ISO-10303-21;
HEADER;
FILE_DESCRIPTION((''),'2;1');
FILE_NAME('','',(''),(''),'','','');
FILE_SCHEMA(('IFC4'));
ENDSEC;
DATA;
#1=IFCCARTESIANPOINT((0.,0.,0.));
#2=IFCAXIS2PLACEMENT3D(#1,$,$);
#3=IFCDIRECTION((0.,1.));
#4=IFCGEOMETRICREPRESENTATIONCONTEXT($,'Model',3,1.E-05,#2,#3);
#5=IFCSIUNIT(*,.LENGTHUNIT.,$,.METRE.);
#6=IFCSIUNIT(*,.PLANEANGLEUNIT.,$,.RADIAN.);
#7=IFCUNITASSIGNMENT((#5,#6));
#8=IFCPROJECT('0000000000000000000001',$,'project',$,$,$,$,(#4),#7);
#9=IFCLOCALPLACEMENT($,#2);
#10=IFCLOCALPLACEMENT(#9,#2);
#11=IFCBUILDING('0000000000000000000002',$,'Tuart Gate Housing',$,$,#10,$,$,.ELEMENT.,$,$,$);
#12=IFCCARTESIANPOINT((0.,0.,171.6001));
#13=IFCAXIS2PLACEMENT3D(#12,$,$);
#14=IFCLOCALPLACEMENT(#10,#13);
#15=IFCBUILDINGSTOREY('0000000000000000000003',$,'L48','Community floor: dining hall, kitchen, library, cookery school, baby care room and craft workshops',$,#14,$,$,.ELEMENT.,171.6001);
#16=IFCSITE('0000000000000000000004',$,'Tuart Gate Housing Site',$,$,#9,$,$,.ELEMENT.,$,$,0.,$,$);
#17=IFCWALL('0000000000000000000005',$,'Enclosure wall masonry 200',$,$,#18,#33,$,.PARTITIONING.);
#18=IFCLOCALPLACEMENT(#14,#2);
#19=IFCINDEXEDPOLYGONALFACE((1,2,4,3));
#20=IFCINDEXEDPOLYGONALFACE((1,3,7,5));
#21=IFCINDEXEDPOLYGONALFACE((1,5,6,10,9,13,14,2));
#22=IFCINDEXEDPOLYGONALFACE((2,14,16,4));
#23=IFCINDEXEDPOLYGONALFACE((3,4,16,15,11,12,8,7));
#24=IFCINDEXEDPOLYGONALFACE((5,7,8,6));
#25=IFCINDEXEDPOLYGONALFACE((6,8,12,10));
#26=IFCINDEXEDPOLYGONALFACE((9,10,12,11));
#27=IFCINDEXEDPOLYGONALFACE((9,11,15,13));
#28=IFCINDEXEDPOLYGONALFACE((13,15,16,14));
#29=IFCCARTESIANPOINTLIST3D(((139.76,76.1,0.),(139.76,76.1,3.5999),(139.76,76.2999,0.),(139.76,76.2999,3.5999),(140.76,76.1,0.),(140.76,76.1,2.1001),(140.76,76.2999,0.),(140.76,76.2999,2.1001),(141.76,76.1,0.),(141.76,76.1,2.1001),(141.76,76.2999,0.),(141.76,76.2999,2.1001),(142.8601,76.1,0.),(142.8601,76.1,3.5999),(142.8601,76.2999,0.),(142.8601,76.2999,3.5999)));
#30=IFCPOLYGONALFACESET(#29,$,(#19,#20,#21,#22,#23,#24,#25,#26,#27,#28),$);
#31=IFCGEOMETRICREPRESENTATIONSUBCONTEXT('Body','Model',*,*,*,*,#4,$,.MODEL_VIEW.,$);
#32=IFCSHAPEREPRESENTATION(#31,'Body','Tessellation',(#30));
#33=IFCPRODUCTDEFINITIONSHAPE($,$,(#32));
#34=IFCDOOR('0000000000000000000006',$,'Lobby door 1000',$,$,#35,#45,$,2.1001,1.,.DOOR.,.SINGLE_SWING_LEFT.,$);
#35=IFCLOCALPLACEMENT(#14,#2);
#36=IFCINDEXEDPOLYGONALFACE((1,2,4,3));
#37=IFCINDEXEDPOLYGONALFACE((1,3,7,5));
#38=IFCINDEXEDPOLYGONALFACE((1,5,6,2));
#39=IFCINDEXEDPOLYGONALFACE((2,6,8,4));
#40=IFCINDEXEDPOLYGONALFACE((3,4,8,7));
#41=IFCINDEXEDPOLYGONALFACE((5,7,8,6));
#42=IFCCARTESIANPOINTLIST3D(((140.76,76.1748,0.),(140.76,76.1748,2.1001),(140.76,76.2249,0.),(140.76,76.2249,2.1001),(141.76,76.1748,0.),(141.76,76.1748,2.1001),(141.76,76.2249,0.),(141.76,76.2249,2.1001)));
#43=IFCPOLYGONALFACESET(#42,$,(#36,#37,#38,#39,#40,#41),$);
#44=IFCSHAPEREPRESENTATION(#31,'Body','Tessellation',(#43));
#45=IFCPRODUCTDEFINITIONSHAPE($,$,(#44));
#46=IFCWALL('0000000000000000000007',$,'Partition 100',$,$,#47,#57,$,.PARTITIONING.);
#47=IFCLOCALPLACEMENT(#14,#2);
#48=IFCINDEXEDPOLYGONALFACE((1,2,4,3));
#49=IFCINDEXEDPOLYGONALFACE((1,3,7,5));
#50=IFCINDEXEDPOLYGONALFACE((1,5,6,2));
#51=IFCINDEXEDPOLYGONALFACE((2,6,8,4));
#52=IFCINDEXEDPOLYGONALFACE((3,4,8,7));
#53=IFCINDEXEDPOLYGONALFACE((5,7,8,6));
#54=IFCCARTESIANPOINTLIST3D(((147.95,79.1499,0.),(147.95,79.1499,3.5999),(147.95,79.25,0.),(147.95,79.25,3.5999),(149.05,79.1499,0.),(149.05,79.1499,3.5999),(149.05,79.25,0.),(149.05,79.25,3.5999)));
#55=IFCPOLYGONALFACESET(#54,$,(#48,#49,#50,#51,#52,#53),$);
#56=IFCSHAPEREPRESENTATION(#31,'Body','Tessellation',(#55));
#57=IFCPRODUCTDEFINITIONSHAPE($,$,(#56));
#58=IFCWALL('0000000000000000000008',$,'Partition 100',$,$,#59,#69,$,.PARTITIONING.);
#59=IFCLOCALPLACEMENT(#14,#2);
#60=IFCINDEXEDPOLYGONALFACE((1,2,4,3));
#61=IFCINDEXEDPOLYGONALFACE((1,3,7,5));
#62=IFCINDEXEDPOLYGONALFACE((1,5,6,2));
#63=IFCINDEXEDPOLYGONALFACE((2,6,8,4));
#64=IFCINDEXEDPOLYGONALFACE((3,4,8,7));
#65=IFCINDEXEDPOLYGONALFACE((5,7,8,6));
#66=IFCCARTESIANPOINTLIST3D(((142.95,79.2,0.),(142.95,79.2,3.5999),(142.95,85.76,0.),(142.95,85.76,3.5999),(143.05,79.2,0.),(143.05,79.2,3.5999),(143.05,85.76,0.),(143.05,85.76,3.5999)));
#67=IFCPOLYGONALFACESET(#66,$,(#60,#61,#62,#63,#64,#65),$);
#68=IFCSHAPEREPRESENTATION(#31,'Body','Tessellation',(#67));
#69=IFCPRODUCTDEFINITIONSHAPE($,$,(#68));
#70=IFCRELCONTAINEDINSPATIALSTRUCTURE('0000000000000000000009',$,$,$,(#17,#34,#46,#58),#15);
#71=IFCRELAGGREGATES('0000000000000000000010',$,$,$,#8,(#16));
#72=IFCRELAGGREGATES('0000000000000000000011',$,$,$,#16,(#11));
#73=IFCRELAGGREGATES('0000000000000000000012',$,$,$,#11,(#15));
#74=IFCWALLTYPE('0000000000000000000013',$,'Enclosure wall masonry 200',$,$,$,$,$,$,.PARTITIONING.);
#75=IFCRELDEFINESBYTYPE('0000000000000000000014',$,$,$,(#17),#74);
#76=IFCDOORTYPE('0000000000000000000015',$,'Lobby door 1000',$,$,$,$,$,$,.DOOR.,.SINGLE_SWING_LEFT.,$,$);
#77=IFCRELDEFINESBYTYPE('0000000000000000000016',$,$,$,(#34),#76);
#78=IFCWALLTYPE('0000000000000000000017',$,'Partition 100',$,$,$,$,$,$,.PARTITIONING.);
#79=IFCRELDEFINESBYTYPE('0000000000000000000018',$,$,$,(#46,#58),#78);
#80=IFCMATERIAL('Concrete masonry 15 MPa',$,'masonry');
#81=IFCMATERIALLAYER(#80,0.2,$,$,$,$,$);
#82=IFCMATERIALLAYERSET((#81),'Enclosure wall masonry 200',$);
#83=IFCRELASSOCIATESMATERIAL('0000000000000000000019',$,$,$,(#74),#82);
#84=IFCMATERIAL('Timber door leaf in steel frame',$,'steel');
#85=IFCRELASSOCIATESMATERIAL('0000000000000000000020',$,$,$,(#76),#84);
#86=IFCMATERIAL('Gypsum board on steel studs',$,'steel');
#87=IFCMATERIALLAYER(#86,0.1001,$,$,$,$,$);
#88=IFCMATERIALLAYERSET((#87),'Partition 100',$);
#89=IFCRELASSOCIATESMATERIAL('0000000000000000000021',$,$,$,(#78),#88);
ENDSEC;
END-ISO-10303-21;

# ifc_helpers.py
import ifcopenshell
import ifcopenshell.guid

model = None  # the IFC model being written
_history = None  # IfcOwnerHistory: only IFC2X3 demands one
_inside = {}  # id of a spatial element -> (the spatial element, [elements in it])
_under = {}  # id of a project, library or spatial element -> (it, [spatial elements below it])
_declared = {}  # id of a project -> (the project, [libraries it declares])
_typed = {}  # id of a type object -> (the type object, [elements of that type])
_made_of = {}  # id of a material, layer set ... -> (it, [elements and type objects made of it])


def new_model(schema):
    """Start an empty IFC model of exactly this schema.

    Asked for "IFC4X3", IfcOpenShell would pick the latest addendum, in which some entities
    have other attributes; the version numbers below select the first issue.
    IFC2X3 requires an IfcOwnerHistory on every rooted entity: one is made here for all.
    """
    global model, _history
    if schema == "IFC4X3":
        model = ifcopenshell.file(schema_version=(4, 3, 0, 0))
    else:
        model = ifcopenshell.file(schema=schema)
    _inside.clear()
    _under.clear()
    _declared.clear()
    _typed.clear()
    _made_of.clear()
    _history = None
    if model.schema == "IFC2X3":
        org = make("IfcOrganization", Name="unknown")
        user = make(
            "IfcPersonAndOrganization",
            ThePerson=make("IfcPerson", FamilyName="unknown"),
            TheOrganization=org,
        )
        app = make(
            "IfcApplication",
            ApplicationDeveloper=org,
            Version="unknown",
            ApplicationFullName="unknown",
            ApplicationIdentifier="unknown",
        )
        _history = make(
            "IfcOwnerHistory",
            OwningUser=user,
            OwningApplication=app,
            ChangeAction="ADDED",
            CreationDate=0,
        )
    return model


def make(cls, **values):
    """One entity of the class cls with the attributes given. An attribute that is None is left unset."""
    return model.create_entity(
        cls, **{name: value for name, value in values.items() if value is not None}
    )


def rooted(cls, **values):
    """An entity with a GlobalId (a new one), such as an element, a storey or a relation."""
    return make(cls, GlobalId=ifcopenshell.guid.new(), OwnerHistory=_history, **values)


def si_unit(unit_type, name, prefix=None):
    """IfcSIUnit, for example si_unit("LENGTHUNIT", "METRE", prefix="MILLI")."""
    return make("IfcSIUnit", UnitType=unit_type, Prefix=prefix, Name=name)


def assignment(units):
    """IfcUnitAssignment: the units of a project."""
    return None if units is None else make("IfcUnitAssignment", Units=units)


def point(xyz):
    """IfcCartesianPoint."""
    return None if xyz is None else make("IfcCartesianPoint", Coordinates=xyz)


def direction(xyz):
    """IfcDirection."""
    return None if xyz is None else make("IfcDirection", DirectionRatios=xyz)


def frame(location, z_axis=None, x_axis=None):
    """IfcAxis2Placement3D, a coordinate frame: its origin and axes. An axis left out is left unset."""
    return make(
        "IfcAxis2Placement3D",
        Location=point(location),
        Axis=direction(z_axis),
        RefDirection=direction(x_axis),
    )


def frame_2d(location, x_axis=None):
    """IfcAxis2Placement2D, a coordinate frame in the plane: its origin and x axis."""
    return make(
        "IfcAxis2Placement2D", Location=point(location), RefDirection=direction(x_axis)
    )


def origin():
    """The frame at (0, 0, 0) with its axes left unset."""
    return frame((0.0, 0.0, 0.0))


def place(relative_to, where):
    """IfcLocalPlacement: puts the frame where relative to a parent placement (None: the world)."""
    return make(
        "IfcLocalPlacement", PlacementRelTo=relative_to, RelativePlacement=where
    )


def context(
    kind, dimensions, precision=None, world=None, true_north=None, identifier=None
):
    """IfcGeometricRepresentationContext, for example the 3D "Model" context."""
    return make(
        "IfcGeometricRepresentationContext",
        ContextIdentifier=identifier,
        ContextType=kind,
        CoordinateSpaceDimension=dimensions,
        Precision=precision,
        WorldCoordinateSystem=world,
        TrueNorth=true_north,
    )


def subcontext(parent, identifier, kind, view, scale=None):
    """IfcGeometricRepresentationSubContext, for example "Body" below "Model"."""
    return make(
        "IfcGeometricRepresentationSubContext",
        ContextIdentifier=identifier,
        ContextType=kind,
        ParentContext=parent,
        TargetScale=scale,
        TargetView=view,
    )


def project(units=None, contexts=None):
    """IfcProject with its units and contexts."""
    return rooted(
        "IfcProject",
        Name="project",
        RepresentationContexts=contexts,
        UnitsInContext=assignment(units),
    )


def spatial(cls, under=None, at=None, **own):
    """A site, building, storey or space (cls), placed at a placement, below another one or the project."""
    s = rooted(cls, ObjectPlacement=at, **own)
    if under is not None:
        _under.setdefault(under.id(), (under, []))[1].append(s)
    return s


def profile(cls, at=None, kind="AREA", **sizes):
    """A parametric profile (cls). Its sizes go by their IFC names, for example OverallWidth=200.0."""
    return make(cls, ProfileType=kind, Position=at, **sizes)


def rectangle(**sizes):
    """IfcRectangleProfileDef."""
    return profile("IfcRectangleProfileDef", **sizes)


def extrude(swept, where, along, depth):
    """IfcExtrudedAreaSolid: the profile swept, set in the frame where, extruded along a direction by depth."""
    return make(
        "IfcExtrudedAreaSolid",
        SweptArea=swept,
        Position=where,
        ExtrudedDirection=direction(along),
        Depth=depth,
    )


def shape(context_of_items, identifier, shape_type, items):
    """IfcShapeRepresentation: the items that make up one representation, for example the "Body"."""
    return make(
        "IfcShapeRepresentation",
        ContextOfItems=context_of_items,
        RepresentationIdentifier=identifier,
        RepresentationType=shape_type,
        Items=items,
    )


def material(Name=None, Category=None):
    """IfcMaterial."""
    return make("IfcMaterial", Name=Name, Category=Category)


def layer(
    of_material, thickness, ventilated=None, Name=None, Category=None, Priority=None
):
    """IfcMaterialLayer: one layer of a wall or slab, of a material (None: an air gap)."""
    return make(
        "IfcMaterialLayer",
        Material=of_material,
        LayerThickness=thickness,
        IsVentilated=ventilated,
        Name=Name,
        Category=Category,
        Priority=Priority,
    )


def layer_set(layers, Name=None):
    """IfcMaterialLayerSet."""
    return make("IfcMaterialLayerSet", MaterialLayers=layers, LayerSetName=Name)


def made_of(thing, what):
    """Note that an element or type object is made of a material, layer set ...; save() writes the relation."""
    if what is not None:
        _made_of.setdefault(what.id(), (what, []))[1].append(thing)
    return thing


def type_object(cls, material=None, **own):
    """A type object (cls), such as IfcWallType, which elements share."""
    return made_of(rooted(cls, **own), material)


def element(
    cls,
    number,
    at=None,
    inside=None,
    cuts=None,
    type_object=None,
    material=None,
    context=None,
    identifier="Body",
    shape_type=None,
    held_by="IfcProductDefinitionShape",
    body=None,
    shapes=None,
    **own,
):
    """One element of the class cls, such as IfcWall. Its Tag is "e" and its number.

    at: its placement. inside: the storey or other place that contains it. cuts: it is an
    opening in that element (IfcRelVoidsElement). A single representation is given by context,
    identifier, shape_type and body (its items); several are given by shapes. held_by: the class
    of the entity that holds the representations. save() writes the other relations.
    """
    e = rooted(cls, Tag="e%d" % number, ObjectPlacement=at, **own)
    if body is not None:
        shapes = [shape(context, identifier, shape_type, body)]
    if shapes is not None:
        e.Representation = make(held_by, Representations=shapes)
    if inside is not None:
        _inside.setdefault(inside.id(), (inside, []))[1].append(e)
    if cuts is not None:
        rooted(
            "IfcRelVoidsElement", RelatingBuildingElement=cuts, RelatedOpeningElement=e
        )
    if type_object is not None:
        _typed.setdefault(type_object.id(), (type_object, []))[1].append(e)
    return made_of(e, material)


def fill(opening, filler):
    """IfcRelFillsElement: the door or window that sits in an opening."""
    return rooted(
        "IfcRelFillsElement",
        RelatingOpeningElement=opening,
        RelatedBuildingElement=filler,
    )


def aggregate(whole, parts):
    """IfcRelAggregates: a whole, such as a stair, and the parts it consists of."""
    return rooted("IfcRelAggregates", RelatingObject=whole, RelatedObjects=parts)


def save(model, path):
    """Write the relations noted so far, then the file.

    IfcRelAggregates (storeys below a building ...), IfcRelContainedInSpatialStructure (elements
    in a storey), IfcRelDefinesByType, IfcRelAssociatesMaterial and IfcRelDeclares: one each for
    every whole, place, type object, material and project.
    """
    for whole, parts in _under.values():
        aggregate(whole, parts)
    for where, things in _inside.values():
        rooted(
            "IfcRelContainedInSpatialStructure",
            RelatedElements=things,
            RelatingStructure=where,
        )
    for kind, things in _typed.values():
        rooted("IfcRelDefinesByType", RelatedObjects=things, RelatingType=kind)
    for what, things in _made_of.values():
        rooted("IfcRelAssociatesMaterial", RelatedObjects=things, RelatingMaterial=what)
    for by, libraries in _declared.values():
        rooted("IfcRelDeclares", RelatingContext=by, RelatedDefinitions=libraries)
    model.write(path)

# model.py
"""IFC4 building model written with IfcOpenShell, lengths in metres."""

from ifc_helpers import new_model, si_unit, direction, frame, frame_2d, origin, place, context, subcontext, project, spatial, rectangle, extrude, material, layer, layer_set, type_object, element, fill, save


model = new_model("IFC4")

# Units and contexts
model_context = context("Model", 3, precision=1e-05, world=origin(), true_north=direction((0.0, 1.0)))
body_context = subcontext(model_context, "Body", "Model", "MODEL_VIEW")
ifc_project = project(units=[si_unit("LENGTHUNIT", "METRE"), si_unit("PLANEANGLEUNIT", "RADIAN")], contexts=[model_context])

# Site, building, storey
site_placement = place(None, origin())
site = spatial("IfcSite", under=ifc_project, at=site_placement, Name="Tuart Gate Housing Site", CompositionType="ELEMENT", RefElevation=0.0)
building_placement = place(site_placement, origin())
building = spatial("IfcBuilding", under=site, at=building_placement, Name="Tuart Gate Housing", CompositionType="ELEMENT")
storey_placement = place(building_placement, frame((0.0, 0.0, 171.6001)))
storey = spatial("IfcBuildingStorey", under=building, at=storey_placement, Name="L48", Description="Community floor: dining hall, kitchen, library, cookery school, baby care room and craft workshops", CompositionType="ELEMENT", Elevation=171.6001)

# Wall, opening, door
ifc_material_1 = material(Name="Concrete masonry 15 MPa", Category="masonry")
ifc_layer_1 = layer(ifc_material_1, 0.2)
ifc_layer_set_1 = layer_set([ifc_layer_1], Name="Enclosure wall masonry 200")
wall_type_1 = type_object("IfcWallType", Name="Enclosure wall masonry 200", PredefinedType="PARTITIONING", material=ifc_layer_set_1)
wall_1_placement = place(storey_placement, frame((139.76, 76.2, 0.0), z_axis=(0.0, 0.0, 1.0), x_axis=(1.0, 0.0, 0.0)))
wall_1 = element("IfcWall", 1, at=wall_1_placement, inside=storey, type_object=wall_type_1, Name="Enclosure wall masonry 200", PredefinedType="PARTITIONING", context=body_context, shape_type="SweptSolid", body=[
    extrude(rectangle(XDim=3.1001, YDim=0.2, at=frame_2d((1.55, 0.0))), origin(), (0.0, 0.0, 1.0), 3.5999),
])
opening_1_placement = place(wall_1_placement, frame((1.0, 0.0, 0.0)))
opening_1 = element("IfcOpeningElement", 2, at=opening_1_placement, cuts=wall_1, PredefinedType="OPENING", context=body_context, shape_type="SweptSolid", body=[
    extrude(rectangle(XDim=1.0, YDim=2.1001, at=frame_2d((0.5, 1.05))), frame((0.0, 0.1099, 0.0), z_axis=(0.0, -1.0, 0.0), x_axis=(1.0, 0.0, 0.0)), (0.0, 0.0, 1.0), 0.22),
])
ifc_material_2 = material(Name="Timber door leaf in steel frame", Category="steel")
door_type_1 = type_object("IfcDoorType", Name="Lobby door 1000", OperationType="SINGLE_SWING_LEFT", PredefinedType="DOOR", material=ifc_material_2)
door_1_placement = place(opening_1_placement, frame((1.0, 0.0, 0.0), z_axis=(0.0, 0.0, 1.0), x_axis=(-1.0, 0.0, 0.0)))
door_1 = element("IfcDoor", 3, at=door_1_placement, inside=storey, type_object=door_type_1, Name="Lobby door 1000", OperationType="SINGLE_SWING_LEFT", OverallHeight=2.1001, OverallWidth=1.0, PredefinedType="DOOR", context=body_context, shape_type="SweptSolid", body=[
    extrude(rectangle(XDim=1.0, YDim=2.1001, at=frame_2d((0.5, 1.05))), frame((0.0, 0.0251, 0.0), z_axis=(0.0, -1.0, 0.0), x_axis=(1.0, 0.0, 0.0)), (0.0, 0.0, 1.0), 0.05),
])
fill(opening_1, door_1)

# Walls
ifc_material_3 = material(Name="Gypsum board on steel studs", Category="steel")
ifc_layer_2 = layer(ifc_material_3, 0.1001)
ifc_layer_set_2 = layer_set([ifc_layer_2], Name="Partition 100")
wall_type_2 = type_object("IfcWallType", Name="Partition 100", PredefinedType="PARTITIONING", material=ifc_layer_set_2)
wall_2_placement = place(storey_placement, frame((147.95, 79.2, 0.0), z_axis=(0.0, 0.0, 1.0), x_axis=(1.0, 0.0, 0.0)))
element("IfcWall", 4, at=wall_2_placement, inside=storey, type_object=wall_type_2, Name="Partition 100", PredefinedType="PARTITIONING", context=body_context, shape_type="SweptSolid", body=[
    extrude(rectangle(XDim=1.1001, YDim=0.1001, at=frame_2d((0.55, 0.0))), origin(), (0.0, 0.0, 1.0), 3.5999),
])
wall_3_placement = place(storey_placement, frame((143.0, 79.2, 0.0), z_axis=(0.0, 0.0, 1.0), x_axis=(0.0, 1.0, 0.0)))
element("IfcWall", 5, at=wall_3_placement, inside=storey, type_object=wall_type_2, Name="Partition 100", PredefinedType="PARTITIONING", context=body_context, shape_type="SweptSolid", body=[
    extrude(rectangle(XDim=6.5601, YDim=0.1001, at=frame_2d((3.28, 0.0))), origin(), (0.0, 0.0, 1.0), 3.5999),
])

save(model, "model.ifc")
